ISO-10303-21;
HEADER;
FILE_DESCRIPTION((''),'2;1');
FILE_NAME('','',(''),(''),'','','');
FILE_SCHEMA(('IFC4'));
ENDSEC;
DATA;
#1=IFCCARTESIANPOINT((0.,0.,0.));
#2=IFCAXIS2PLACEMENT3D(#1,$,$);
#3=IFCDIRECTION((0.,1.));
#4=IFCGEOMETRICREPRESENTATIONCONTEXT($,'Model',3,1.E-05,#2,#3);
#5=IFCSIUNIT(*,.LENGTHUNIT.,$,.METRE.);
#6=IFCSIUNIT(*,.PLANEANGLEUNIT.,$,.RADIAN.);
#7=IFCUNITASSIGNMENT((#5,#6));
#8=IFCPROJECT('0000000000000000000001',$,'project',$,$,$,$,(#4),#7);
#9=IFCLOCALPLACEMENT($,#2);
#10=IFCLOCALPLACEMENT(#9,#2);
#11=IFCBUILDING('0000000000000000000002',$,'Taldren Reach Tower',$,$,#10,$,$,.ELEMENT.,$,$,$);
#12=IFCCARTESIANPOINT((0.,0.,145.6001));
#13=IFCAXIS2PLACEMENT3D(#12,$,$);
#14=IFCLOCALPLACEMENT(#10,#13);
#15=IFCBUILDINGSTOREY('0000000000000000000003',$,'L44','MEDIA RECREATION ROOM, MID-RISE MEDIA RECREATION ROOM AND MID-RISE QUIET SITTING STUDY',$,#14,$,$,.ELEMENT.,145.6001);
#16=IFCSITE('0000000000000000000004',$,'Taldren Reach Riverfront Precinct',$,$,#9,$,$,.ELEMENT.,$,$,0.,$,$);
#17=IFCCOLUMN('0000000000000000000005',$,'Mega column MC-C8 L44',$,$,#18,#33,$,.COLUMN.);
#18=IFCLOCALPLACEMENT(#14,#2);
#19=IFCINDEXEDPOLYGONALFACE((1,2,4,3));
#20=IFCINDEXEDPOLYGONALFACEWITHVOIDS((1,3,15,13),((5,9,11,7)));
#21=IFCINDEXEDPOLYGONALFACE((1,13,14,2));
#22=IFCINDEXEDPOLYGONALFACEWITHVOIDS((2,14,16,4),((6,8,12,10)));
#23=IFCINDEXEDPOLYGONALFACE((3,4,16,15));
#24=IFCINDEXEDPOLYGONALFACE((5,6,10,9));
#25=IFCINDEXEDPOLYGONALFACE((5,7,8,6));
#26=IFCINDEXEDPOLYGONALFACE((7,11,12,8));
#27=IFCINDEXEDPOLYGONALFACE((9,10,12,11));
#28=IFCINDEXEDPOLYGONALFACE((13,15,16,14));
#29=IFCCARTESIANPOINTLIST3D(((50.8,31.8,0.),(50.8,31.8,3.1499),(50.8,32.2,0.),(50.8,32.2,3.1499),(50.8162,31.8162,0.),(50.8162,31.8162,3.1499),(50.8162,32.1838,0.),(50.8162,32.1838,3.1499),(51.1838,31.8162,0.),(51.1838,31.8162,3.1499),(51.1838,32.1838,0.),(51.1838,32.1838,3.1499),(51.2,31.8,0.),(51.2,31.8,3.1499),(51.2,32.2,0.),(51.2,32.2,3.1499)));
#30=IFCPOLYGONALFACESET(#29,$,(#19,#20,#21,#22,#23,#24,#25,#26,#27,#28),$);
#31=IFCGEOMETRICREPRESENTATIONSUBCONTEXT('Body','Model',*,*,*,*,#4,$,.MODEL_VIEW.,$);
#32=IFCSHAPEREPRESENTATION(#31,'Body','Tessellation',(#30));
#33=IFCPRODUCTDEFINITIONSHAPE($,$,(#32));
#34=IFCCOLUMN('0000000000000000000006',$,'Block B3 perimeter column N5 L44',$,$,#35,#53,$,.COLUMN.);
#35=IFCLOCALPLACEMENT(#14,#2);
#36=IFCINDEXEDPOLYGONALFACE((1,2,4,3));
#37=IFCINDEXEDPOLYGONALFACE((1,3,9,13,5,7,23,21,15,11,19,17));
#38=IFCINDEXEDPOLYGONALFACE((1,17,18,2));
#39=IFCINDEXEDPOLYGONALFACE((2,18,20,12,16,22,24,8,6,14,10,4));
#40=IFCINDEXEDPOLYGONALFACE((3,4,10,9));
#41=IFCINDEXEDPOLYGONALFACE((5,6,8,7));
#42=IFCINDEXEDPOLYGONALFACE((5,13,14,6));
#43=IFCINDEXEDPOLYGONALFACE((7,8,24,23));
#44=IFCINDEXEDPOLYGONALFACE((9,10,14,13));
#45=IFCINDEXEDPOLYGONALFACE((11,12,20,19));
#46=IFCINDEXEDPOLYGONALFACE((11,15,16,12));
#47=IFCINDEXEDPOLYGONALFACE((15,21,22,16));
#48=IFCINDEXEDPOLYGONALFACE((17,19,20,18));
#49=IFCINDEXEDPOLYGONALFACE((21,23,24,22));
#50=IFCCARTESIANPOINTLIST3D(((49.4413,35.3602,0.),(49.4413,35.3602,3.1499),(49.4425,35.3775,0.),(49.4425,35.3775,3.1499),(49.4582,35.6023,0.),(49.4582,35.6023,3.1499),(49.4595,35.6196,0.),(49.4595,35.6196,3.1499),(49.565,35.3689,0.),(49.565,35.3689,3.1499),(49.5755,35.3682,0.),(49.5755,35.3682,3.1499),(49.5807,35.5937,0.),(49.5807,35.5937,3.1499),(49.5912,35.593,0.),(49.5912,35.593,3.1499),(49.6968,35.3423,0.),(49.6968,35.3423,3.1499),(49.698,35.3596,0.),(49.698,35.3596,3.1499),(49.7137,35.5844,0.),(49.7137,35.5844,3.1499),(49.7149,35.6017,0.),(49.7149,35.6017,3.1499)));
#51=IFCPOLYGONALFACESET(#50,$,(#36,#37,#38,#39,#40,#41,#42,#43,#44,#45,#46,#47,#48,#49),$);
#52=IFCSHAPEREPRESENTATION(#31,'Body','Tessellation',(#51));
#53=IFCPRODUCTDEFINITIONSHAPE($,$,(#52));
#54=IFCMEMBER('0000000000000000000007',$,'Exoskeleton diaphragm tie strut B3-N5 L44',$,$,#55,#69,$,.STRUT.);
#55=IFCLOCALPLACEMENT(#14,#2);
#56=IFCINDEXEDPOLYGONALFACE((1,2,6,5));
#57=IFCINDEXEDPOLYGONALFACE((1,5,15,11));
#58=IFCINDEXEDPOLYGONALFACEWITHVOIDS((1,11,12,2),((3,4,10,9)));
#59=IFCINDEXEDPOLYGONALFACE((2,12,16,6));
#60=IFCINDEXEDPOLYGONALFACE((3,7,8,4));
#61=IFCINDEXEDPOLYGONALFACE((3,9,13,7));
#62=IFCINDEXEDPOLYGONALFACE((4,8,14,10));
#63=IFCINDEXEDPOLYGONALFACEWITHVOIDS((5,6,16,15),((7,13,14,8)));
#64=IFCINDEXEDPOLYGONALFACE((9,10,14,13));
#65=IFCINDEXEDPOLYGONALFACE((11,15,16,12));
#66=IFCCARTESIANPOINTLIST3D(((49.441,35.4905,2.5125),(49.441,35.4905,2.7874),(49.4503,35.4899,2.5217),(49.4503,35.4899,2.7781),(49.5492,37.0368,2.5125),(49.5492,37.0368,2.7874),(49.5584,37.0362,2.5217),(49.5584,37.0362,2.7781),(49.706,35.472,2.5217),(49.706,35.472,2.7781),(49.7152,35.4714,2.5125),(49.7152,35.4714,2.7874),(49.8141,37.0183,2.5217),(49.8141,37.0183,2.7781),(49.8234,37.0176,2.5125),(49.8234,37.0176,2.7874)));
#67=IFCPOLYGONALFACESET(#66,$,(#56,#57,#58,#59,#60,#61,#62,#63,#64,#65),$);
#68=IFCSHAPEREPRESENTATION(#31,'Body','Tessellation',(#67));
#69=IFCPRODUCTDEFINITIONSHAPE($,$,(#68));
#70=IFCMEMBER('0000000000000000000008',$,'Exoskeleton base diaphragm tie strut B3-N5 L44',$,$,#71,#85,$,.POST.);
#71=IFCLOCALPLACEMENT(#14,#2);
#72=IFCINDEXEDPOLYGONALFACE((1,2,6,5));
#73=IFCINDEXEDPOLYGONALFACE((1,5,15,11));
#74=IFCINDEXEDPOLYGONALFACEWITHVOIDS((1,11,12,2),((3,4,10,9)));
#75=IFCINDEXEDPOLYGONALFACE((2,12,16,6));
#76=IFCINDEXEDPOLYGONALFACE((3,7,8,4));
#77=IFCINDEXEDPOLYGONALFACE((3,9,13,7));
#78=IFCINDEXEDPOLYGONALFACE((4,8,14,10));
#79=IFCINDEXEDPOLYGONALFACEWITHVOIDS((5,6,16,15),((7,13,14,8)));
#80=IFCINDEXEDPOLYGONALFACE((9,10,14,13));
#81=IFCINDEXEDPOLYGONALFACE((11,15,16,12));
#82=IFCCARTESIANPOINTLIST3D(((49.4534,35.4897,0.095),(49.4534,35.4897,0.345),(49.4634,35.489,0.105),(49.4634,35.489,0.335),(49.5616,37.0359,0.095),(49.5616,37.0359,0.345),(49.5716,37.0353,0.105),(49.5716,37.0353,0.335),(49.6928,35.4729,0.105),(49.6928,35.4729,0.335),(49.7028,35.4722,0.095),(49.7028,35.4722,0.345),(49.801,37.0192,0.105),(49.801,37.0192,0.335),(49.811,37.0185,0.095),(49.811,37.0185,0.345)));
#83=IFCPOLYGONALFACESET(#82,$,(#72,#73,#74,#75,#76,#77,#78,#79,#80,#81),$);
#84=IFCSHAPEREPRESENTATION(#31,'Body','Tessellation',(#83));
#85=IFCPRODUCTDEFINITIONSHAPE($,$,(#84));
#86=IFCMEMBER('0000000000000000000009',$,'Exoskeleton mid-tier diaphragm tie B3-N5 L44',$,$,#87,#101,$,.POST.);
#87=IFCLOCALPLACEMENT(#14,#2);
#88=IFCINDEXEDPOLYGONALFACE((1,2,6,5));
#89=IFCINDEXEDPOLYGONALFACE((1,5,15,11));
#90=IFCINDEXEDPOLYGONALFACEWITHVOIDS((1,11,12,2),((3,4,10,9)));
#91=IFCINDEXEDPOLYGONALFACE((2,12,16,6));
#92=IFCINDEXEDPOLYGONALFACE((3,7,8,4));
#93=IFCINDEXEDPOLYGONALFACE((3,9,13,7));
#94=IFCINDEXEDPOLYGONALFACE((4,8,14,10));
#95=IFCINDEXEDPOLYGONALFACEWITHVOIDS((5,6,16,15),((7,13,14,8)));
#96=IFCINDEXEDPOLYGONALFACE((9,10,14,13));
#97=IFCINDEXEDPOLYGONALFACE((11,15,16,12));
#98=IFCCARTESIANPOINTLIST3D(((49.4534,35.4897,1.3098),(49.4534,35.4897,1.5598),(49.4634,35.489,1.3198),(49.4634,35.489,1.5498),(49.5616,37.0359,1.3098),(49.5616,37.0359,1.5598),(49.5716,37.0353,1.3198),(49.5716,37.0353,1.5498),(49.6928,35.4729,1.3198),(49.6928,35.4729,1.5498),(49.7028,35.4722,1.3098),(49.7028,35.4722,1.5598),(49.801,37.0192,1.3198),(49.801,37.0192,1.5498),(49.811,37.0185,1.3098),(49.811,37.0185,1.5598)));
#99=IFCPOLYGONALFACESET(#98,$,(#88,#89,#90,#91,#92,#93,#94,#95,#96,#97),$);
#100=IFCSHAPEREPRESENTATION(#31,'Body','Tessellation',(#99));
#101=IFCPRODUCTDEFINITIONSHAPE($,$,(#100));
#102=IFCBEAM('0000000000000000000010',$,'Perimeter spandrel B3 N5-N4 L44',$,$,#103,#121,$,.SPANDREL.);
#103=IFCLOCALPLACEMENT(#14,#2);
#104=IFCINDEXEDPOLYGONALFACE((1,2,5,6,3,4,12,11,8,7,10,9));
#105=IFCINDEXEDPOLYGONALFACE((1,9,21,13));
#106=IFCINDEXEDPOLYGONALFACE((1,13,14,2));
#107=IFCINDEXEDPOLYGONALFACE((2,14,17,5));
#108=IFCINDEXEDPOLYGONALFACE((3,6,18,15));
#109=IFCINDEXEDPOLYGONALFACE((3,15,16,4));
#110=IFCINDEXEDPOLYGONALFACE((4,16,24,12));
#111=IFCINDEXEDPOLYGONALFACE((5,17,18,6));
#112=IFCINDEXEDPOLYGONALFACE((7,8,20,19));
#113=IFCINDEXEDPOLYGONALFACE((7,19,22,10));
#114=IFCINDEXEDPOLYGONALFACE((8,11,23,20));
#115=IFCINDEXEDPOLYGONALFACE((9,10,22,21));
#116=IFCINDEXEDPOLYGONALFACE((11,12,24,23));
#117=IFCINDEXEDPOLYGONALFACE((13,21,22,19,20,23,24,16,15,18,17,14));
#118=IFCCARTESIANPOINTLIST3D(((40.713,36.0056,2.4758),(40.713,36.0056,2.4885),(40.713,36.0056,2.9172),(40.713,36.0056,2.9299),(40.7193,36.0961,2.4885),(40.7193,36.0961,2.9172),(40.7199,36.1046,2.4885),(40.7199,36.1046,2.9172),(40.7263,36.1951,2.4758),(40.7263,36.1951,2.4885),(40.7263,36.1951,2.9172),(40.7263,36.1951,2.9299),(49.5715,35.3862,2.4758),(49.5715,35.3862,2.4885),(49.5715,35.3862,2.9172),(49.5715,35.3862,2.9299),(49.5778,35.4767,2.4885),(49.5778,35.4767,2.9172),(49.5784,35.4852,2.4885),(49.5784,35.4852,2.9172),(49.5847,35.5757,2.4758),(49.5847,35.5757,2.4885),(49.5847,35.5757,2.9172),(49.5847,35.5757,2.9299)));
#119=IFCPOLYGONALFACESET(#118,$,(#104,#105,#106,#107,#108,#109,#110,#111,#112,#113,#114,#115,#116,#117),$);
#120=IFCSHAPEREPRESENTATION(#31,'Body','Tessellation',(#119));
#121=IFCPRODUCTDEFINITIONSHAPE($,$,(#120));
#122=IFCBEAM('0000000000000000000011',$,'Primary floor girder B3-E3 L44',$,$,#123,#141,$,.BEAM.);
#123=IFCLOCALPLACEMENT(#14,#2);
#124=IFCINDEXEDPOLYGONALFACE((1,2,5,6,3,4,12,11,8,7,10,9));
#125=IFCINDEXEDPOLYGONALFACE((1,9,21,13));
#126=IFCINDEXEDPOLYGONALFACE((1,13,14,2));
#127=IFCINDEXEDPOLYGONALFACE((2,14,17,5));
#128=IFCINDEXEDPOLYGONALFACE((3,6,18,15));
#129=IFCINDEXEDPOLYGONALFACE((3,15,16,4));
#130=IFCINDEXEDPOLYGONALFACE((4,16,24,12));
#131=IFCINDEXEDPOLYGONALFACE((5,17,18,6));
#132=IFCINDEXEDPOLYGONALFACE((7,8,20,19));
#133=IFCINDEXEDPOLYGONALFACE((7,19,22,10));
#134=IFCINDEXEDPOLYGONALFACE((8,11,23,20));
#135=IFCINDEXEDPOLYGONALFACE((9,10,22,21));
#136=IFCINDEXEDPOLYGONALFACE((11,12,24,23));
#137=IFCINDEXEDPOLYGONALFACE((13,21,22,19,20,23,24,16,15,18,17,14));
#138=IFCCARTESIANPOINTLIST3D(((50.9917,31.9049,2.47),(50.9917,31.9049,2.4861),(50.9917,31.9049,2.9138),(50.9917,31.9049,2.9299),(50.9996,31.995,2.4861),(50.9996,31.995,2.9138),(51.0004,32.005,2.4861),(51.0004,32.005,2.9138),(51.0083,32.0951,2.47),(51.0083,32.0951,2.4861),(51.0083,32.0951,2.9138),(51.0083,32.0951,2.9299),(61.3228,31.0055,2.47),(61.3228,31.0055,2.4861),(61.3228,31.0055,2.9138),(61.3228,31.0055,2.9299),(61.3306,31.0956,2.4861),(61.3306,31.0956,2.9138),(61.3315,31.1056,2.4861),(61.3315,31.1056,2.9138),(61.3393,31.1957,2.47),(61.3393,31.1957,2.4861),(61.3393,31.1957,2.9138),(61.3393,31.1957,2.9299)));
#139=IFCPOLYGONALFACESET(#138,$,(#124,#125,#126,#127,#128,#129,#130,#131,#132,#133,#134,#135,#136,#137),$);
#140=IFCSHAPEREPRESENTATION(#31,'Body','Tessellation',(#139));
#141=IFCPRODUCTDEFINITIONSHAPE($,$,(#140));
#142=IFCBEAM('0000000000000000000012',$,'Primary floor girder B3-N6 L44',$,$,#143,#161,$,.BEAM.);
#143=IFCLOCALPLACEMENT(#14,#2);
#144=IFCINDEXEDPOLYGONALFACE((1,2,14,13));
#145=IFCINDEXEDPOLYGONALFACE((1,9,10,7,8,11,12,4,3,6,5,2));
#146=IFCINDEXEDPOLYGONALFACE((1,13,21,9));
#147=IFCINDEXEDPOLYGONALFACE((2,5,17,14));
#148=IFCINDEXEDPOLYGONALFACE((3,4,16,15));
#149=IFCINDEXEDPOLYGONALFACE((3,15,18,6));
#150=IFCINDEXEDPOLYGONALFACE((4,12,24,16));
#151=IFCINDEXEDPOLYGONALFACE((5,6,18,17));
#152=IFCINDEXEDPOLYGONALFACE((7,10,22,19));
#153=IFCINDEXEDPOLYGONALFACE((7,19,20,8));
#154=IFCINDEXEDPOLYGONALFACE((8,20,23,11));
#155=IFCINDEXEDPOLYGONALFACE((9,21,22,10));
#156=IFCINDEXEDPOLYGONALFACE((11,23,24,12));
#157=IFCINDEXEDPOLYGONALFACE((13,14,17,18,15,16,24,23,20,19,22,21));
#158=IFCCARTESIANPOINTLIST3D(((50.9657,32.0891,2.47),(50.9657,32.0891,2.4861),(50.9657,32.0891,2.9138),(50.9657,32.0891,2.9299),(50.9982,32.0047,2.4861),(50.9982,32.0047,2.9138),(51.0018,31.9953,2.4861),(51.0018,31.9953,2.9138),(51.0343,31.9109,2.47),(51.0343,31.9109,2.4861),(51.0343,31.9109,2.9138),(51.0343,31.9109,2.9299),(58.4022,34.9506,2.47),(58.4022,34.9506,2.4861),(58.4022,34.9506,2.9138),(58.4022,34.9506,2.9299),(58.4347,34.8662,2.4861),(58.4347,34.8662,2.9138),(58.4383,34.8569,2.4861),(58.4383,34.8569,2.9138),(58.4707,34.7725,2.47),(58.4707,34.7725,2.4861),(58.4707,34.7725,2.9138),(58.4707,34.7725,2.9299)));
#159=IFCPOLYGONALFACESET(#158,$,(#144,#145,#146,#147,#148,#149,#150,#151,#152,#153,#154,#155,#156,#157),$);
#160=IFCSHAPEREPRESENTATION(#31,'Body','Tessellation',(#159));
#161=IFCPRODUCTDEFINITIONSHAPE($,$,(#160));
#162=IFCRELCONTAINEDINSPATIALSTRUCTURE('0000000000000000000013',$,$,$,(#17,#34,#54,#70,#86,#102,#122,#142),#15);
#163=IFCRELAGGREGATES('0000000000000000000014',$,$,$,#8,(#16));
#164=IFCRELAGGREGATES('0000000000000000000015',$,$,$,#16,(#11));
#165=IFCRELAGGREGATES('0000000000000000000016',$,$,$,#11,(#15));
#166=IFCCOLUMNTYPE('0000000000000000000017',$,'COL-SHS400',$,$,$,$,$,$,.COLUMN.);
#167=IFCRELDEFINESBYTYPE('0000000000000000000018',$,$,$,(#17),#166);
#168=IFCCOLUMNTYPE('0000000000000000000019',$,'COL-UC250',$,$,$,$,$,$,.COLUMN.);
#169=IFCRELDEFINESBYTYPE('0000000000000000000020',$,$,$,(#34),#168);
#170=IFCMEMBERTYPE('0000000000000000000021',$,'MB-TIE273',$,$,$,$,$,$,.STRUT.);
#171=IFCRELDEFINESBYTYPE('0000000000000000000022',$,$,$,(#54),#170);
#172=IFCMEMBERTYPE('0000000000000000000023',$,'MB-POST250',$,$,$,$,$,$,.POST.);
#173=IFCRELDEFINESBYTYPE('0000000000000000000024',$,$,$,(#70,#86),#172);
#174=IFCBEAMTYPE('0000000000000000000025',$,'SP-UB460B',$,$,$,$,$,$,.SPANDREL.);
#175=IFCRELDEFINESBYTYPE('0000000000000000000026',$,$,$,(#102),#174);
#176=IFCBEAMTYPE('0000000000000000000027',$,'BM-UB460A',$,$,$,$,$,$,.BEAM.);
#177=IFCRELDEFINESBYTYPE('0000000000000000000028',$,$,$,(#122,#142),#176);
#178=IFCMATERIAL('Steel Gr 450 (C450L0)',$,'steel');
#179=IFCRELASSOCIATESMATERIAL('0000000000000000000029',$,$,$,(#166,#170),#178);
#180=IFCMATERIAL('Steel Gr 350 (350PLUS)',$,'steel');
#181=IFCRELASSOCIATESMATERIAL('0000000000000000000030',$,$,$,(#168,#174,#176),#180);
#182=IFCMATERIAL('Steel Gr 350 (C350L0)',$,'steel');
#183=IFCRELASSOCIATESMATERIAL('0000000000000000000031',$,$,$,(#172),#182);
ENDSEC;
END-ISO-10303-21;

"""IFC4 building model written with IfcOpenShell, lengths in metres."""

from ifc_helpers import new_model, si_unit, direction, frame, origin, origin_2d, place, context, subcontext, project, spatial, hollow_rectangle, i_section, extrude, source, transform, mapped, material, material_profile, profile_set, type_object, element, save


model = new_model("IFC4")

# Units and contexts
model_context = context("Model", 3, precision=1e-05, world=origin(), true_north=direction((0.0, 1.0)))
body_context = subcontext(model_context, "Body", "Model", "MODEL_VIEW")
ifc_project = project(units=[si_unit("LENGTHUNIT", "METRE"), si_unit("PLANEANGLEUNIT", "RADIAN")], contexts=[model_context])

# Site, building, storey
site_placement = place(None, origin())
site = spatial("IfcSite", under=ifc_project, at=site_placement, Name="Taldren Reach Riverfront Precinct", CompositionType="ELEMENT", RefElevation=0.0)
building_placement = place(site_placement, origin())
building = spatial("IfcBuilding", under=site, at=building_placement, Name="Taldren Reach Tower", CompositionType="ELEMENT")
storey_placement = place(building_placement, frame((0.0, 0.0, 145.6001)))
storey = spatial("IfcBuildingStorey", under=building, at=storey_placement, Name="L44", Description="MEDIA RECREATION ROOM, MID-RISE MEDIA RECREATION ROOM AND MID-RISE QUIET SITTING STUDY", CompositionType="ELEMENT", Elevation=145.6001)

# Columns
ifc_material_1 = material(Name="Steel Gr 450 (C450L0)", Category="steel")
ifc_material_profile_1 = material_profile(ifc_material_1, hollow_rectangle(XDim=0.3999, YDim=0.3999, WallThickness=0.0161, at=origin_2d()), Name="400x400x16.0SHS")
ifc_profile_set_1 = profile_set([ifc_material_profile_1], Name="Steel Gr 450 (C450L0)")
column_type_1 = type_object("IfcColumnType", Name="COL-SHS400", PredefinedType="COLUMN", material=ifc_profile_set_1)
shared_shape_1 = source(origin(), body_context, "Body", "SweptSolid", [
    extrude(hollow_rectangle(XDim=0.3999, YDim=0.3999, WallThickness=0.0161, at=origin_2d()), origin(), (0.0, 0.0, 1.0), 3.1499),
])
column_1_placement = place(storey_placement, frame((51.0, 32.0, 0.0), z_axis=(0.0, 0.0, 1.0), x_axis=(1.0, 0.0, 0.0)))
element("IfcColumn", 1, at=column_1_placement, inside=storey, type_object=column_type_1, Name="Mega column MC-C8 L44", PredefinedType="COLUMN", context=body_context, shape_type="MappedRepresentation", body=[
    mapped(shared_shape_1, transform((0.0, 0.0, 0.0), scale=1.0)),
])
ifc_material_2 = material(Name="Steel Gr 350 (350PLUS)", Category="steel")
ifc_material_profile_2 = material_profile(ifc_material_2, i_section(OverallWidth=0.2561, OverallDepth=0.26, WebThickness=0.0105, FlangeThickness=0.0173, at=origin_2d()), Name="250UC89.5")
ifc_profile_set_2 = profile_set([ifc_material_profile_2], Name="Steel Gr 350 (350PLUS)")
column_type_2 = type_object("IfcColumnType", Name="COL-UC250", PredefinedType="COLUMN", material=ifc_profile_set_2)
shared_shape_2 = source(origin(), body_context, "Body", "SweptSolid", [
    extrude(i_section(OverallWidth=0.2561, OverallDepth=0.26, WebThickness=0.0105, FlangeThickness=0.0173, at=origin_2d()), origin(), (0.0, 0.0, 1.0), 3.1499),
])
column_2_placement = place(storey_placement, frame((49.5781, 35.481, 0.0), z_axis=(0.0, 0.0, 1.0), x_axis=(0.997564, -0.069756, 0.0)))
element("IfcColumn", 2, at=column_2_placement, inside=storey, type_object=column_type_2, Name="Block B3 perimeter column N5 L44", PredefinedType="COLUMN", context=body_context, shape_type="MappedRepresentation", body=[
    mapped(shared_shape_2, transform((0.0, 0.0, 0.0), scale=1.0)),
])

# Members
ifc_material_profile_3 = material_profile(ifc_material_1, hollow_rectangle(XDim=0.2749, YDim=0.2749, WallThickness=0.0093, at=origin_2d()), Name="275x275x9.3SHS")
ifc_profile_set_3 = profile_set([ifc_material_profile_3], Name="Steel Gr 450 (C450L0)")
member_type_1 = type_object("IfcMemberType", Name="MB-TIE273", PredefinedType="STRUT", material=ifc_profile_set_3)
shared_shape_3 = source(origin(), body_context, "Body", "SweptSolid", [
    extrude(hollow_rectangle(XDim=0.2749, YDim=0.2749, WallThickness=0.0093, at=origin_2d()), origin(), (0.0, 0.0, 1.0), 1.55),
])
member_1_placement = place(storey_placement, frame((49.5781, 35.481, 2.6499), z_axis=(0.06977, 0.997563, 0.0), x_axis=(-0.997563, 0.06977, 0.0)))
element("IfcMember", 3, at=member_1_placement, inside=storey, type_object=member_type_1, Name="Exoskeleton diaphragm tie strut B3-N5 L44", PredefinedType="STRUT", context=body_context, shape_type="MappedRepresentation", body=[
    mapped(shared_shape_3, transform((0.0, 0.0, 0.0), scale=1.0)),
])
ifc_material_3 = material(Name="Steel Gr 350 (C350L0)", Category="steel")
ifc_material_profile_4 = material_profile(ifc_material_3, hollow_rectangle(XDim=0.25, YDim=0.25, WallThickness=0.01, at=origin_2d()), Name="250x250x10.0SHS")
ifc_profile_set_4 = profile_set([ifc_material_profile_4], Name="Steel Gr 350 (C350L0)")
member_type_2 = type_object("IfcMemberType", Name="MB-POST250", PredefinedType="POST", material=ifc_profile_set_4)
shared_shape_4 = source(origin(), body_context, "Body", "SweptSolid", [
    extrude(hollow_rectangle(XDim=0.25, YDim=0.25, WallThickness=0.01, at=origin_2d()), origin(), (0.0, 0.0, 1.0), 1.55),
])
for number, where, z_axis, x_axis, name in (
    (4, (49.5781, 35.481, 0.22), (0.06977, 0.997563, 0.0), (-0.997563, 0.06977, 0.0), "Exoskeleton base diaphragm tie strut B3-N5 L44"),
    (5, (49.5781, 35.481, 1.4348), (0.06977, 0.997563, 0.0), (-0.997563, 0.06977, 0.0), "Exoskeleton mid-tier diaphragm tie B3-N5 L44"),
):
    element("IfcMember", number, at=place(storey_placement, frame(where, z_axis=z_axis, x_axis=x_axis)), inside=storey, type_object=member_type_2, Name=name, PredefinedType="POST", context=body_context, shape_type="MappedRepresentation", body=[
        mapped(shared_shape_4, transform((0.0, 0.0, 0.0), scale=1.0)),
    ])

# Beams
ifc_material_profile_5 = material_profile(ifc_material_2, i_section(OverallWidth=0.1899, OverallDepth=0.4541, WebThickness=0.0085, FlangeThickness=0.0127, at=origin_2d()), Name="460UB67.1")
ifc_profile_set_5 = profile_set([ifc_material_profile_5], Name="Steel Gr 350 (350PLUS)")
beam_type_1 = type_object("IfcBeamType", Name="SP-UB460B", PredefinedType="SPANDREL", material=ifc_profile_set_5)
shared_shape_5 = source(origin(), body_context, "Body", "SweptSolid", [
    extrude(i_section(OverallWidth=0.1899, OverallDepth=0.4541, WebThickness=0.0085, FlangeThickness=0.0127, at=origin_2d()), origin(), (0.0, 0.0, 1.0), 8.8801),
])
beam_1_placement = place(storey_placement, frame((49.5781, 35.481, 2.7029), z_axis=(-0.997564, 0.06975, 0.0), x_axis=(-0.06975, -0.997564, 0.0)))
element("IfcBeam", 6, at=beam_1_placement, inside=storey, type_object=beam_type_1, Name="Perimeter spandrel B3 N5-N4 L44", PredefinedType="SPANDREL", context=body_context, shape_type="MappedRepresentation", body=[
    mapped(shared_shape_5, transform((0.0, 0.0, 0.0), scale=1.0)),
])
ifc_material_profile_6 = material_profile(ifc_material_2, i_section(OverallWidth=0.1909, OverallDepth=0.46, WebThickness=0.01, FlangeThickness=0.0161, at=origin_2d()), Name="460UB82.1")
ifc_profile_set_6 = profile_set([ifc_material_profile_6], Name="Steel Gr 350 (350PLUS)")
beam_type_2 = type_object("IfcBeamType", Name="BM-UB460A", PredefinedType="BEAM", material=ifc_profile_set_6)
shared_shape_6 = source(origin(), body_context, "Body", "SweptSolid", [
    extrude(i_section(OverallWidth=0.1909, OverallDepth=0.46, WebThickness=0.01, FlangeThickness=0.0161, at=origin_2d()), origin(), (0.0, 0.0, 1.0), 10.3701),
])
beam_2_placement = place(storey_placement, frame((51.0, 32.0, 2.7), z_axis=(0.996232, -0.086731, 0.0), x_axis=(0.086731, 0.996232, 0.0)))
element("IfcBeam", 7, at=beam_2_placement, inside=storey, type_object=beam_type_2, Name="Primary floor girder B3-E3 L44", PredefinedType="BEAM", context=body_context, shape_type="MappedRepresentation", body=[
    mapped(shared_shape_6, transform((0.0, 0.0, 0.0), scale=1.0)),
])
shared_shape_7 = source(origin(), body_context, "Body", "SweptSolid", [
    extrude(i_section(OverallWidth=0.1909, OverallDepth=0.46, WebThickness=0.01, FlangeThickness=0.0161, at=origin_2d()), origin(), (0.0, 0.0, 1.0), 7.968),
])
beam_3_placement = place(storey_placement, frame((51.0, 32.0, 2.7), z_axis=(0.933288, 0.359129, 0.0), x_axis=(-0.359129, 0.933288, 0.0)))
element("IfcBeam", 8, at=beam_3_placement, inside=storey, type_object=beam_type_2, Name="Primary floor girder B3-N6 L44", PredefinedType="BEAM", context=body_context, shape_type="MappedRepresentation", body=[
    mapped(shared_shape_7, transform((0.0, 0.0, 0.0), scale=1.0)),
])

save(model, "model.ifc")
